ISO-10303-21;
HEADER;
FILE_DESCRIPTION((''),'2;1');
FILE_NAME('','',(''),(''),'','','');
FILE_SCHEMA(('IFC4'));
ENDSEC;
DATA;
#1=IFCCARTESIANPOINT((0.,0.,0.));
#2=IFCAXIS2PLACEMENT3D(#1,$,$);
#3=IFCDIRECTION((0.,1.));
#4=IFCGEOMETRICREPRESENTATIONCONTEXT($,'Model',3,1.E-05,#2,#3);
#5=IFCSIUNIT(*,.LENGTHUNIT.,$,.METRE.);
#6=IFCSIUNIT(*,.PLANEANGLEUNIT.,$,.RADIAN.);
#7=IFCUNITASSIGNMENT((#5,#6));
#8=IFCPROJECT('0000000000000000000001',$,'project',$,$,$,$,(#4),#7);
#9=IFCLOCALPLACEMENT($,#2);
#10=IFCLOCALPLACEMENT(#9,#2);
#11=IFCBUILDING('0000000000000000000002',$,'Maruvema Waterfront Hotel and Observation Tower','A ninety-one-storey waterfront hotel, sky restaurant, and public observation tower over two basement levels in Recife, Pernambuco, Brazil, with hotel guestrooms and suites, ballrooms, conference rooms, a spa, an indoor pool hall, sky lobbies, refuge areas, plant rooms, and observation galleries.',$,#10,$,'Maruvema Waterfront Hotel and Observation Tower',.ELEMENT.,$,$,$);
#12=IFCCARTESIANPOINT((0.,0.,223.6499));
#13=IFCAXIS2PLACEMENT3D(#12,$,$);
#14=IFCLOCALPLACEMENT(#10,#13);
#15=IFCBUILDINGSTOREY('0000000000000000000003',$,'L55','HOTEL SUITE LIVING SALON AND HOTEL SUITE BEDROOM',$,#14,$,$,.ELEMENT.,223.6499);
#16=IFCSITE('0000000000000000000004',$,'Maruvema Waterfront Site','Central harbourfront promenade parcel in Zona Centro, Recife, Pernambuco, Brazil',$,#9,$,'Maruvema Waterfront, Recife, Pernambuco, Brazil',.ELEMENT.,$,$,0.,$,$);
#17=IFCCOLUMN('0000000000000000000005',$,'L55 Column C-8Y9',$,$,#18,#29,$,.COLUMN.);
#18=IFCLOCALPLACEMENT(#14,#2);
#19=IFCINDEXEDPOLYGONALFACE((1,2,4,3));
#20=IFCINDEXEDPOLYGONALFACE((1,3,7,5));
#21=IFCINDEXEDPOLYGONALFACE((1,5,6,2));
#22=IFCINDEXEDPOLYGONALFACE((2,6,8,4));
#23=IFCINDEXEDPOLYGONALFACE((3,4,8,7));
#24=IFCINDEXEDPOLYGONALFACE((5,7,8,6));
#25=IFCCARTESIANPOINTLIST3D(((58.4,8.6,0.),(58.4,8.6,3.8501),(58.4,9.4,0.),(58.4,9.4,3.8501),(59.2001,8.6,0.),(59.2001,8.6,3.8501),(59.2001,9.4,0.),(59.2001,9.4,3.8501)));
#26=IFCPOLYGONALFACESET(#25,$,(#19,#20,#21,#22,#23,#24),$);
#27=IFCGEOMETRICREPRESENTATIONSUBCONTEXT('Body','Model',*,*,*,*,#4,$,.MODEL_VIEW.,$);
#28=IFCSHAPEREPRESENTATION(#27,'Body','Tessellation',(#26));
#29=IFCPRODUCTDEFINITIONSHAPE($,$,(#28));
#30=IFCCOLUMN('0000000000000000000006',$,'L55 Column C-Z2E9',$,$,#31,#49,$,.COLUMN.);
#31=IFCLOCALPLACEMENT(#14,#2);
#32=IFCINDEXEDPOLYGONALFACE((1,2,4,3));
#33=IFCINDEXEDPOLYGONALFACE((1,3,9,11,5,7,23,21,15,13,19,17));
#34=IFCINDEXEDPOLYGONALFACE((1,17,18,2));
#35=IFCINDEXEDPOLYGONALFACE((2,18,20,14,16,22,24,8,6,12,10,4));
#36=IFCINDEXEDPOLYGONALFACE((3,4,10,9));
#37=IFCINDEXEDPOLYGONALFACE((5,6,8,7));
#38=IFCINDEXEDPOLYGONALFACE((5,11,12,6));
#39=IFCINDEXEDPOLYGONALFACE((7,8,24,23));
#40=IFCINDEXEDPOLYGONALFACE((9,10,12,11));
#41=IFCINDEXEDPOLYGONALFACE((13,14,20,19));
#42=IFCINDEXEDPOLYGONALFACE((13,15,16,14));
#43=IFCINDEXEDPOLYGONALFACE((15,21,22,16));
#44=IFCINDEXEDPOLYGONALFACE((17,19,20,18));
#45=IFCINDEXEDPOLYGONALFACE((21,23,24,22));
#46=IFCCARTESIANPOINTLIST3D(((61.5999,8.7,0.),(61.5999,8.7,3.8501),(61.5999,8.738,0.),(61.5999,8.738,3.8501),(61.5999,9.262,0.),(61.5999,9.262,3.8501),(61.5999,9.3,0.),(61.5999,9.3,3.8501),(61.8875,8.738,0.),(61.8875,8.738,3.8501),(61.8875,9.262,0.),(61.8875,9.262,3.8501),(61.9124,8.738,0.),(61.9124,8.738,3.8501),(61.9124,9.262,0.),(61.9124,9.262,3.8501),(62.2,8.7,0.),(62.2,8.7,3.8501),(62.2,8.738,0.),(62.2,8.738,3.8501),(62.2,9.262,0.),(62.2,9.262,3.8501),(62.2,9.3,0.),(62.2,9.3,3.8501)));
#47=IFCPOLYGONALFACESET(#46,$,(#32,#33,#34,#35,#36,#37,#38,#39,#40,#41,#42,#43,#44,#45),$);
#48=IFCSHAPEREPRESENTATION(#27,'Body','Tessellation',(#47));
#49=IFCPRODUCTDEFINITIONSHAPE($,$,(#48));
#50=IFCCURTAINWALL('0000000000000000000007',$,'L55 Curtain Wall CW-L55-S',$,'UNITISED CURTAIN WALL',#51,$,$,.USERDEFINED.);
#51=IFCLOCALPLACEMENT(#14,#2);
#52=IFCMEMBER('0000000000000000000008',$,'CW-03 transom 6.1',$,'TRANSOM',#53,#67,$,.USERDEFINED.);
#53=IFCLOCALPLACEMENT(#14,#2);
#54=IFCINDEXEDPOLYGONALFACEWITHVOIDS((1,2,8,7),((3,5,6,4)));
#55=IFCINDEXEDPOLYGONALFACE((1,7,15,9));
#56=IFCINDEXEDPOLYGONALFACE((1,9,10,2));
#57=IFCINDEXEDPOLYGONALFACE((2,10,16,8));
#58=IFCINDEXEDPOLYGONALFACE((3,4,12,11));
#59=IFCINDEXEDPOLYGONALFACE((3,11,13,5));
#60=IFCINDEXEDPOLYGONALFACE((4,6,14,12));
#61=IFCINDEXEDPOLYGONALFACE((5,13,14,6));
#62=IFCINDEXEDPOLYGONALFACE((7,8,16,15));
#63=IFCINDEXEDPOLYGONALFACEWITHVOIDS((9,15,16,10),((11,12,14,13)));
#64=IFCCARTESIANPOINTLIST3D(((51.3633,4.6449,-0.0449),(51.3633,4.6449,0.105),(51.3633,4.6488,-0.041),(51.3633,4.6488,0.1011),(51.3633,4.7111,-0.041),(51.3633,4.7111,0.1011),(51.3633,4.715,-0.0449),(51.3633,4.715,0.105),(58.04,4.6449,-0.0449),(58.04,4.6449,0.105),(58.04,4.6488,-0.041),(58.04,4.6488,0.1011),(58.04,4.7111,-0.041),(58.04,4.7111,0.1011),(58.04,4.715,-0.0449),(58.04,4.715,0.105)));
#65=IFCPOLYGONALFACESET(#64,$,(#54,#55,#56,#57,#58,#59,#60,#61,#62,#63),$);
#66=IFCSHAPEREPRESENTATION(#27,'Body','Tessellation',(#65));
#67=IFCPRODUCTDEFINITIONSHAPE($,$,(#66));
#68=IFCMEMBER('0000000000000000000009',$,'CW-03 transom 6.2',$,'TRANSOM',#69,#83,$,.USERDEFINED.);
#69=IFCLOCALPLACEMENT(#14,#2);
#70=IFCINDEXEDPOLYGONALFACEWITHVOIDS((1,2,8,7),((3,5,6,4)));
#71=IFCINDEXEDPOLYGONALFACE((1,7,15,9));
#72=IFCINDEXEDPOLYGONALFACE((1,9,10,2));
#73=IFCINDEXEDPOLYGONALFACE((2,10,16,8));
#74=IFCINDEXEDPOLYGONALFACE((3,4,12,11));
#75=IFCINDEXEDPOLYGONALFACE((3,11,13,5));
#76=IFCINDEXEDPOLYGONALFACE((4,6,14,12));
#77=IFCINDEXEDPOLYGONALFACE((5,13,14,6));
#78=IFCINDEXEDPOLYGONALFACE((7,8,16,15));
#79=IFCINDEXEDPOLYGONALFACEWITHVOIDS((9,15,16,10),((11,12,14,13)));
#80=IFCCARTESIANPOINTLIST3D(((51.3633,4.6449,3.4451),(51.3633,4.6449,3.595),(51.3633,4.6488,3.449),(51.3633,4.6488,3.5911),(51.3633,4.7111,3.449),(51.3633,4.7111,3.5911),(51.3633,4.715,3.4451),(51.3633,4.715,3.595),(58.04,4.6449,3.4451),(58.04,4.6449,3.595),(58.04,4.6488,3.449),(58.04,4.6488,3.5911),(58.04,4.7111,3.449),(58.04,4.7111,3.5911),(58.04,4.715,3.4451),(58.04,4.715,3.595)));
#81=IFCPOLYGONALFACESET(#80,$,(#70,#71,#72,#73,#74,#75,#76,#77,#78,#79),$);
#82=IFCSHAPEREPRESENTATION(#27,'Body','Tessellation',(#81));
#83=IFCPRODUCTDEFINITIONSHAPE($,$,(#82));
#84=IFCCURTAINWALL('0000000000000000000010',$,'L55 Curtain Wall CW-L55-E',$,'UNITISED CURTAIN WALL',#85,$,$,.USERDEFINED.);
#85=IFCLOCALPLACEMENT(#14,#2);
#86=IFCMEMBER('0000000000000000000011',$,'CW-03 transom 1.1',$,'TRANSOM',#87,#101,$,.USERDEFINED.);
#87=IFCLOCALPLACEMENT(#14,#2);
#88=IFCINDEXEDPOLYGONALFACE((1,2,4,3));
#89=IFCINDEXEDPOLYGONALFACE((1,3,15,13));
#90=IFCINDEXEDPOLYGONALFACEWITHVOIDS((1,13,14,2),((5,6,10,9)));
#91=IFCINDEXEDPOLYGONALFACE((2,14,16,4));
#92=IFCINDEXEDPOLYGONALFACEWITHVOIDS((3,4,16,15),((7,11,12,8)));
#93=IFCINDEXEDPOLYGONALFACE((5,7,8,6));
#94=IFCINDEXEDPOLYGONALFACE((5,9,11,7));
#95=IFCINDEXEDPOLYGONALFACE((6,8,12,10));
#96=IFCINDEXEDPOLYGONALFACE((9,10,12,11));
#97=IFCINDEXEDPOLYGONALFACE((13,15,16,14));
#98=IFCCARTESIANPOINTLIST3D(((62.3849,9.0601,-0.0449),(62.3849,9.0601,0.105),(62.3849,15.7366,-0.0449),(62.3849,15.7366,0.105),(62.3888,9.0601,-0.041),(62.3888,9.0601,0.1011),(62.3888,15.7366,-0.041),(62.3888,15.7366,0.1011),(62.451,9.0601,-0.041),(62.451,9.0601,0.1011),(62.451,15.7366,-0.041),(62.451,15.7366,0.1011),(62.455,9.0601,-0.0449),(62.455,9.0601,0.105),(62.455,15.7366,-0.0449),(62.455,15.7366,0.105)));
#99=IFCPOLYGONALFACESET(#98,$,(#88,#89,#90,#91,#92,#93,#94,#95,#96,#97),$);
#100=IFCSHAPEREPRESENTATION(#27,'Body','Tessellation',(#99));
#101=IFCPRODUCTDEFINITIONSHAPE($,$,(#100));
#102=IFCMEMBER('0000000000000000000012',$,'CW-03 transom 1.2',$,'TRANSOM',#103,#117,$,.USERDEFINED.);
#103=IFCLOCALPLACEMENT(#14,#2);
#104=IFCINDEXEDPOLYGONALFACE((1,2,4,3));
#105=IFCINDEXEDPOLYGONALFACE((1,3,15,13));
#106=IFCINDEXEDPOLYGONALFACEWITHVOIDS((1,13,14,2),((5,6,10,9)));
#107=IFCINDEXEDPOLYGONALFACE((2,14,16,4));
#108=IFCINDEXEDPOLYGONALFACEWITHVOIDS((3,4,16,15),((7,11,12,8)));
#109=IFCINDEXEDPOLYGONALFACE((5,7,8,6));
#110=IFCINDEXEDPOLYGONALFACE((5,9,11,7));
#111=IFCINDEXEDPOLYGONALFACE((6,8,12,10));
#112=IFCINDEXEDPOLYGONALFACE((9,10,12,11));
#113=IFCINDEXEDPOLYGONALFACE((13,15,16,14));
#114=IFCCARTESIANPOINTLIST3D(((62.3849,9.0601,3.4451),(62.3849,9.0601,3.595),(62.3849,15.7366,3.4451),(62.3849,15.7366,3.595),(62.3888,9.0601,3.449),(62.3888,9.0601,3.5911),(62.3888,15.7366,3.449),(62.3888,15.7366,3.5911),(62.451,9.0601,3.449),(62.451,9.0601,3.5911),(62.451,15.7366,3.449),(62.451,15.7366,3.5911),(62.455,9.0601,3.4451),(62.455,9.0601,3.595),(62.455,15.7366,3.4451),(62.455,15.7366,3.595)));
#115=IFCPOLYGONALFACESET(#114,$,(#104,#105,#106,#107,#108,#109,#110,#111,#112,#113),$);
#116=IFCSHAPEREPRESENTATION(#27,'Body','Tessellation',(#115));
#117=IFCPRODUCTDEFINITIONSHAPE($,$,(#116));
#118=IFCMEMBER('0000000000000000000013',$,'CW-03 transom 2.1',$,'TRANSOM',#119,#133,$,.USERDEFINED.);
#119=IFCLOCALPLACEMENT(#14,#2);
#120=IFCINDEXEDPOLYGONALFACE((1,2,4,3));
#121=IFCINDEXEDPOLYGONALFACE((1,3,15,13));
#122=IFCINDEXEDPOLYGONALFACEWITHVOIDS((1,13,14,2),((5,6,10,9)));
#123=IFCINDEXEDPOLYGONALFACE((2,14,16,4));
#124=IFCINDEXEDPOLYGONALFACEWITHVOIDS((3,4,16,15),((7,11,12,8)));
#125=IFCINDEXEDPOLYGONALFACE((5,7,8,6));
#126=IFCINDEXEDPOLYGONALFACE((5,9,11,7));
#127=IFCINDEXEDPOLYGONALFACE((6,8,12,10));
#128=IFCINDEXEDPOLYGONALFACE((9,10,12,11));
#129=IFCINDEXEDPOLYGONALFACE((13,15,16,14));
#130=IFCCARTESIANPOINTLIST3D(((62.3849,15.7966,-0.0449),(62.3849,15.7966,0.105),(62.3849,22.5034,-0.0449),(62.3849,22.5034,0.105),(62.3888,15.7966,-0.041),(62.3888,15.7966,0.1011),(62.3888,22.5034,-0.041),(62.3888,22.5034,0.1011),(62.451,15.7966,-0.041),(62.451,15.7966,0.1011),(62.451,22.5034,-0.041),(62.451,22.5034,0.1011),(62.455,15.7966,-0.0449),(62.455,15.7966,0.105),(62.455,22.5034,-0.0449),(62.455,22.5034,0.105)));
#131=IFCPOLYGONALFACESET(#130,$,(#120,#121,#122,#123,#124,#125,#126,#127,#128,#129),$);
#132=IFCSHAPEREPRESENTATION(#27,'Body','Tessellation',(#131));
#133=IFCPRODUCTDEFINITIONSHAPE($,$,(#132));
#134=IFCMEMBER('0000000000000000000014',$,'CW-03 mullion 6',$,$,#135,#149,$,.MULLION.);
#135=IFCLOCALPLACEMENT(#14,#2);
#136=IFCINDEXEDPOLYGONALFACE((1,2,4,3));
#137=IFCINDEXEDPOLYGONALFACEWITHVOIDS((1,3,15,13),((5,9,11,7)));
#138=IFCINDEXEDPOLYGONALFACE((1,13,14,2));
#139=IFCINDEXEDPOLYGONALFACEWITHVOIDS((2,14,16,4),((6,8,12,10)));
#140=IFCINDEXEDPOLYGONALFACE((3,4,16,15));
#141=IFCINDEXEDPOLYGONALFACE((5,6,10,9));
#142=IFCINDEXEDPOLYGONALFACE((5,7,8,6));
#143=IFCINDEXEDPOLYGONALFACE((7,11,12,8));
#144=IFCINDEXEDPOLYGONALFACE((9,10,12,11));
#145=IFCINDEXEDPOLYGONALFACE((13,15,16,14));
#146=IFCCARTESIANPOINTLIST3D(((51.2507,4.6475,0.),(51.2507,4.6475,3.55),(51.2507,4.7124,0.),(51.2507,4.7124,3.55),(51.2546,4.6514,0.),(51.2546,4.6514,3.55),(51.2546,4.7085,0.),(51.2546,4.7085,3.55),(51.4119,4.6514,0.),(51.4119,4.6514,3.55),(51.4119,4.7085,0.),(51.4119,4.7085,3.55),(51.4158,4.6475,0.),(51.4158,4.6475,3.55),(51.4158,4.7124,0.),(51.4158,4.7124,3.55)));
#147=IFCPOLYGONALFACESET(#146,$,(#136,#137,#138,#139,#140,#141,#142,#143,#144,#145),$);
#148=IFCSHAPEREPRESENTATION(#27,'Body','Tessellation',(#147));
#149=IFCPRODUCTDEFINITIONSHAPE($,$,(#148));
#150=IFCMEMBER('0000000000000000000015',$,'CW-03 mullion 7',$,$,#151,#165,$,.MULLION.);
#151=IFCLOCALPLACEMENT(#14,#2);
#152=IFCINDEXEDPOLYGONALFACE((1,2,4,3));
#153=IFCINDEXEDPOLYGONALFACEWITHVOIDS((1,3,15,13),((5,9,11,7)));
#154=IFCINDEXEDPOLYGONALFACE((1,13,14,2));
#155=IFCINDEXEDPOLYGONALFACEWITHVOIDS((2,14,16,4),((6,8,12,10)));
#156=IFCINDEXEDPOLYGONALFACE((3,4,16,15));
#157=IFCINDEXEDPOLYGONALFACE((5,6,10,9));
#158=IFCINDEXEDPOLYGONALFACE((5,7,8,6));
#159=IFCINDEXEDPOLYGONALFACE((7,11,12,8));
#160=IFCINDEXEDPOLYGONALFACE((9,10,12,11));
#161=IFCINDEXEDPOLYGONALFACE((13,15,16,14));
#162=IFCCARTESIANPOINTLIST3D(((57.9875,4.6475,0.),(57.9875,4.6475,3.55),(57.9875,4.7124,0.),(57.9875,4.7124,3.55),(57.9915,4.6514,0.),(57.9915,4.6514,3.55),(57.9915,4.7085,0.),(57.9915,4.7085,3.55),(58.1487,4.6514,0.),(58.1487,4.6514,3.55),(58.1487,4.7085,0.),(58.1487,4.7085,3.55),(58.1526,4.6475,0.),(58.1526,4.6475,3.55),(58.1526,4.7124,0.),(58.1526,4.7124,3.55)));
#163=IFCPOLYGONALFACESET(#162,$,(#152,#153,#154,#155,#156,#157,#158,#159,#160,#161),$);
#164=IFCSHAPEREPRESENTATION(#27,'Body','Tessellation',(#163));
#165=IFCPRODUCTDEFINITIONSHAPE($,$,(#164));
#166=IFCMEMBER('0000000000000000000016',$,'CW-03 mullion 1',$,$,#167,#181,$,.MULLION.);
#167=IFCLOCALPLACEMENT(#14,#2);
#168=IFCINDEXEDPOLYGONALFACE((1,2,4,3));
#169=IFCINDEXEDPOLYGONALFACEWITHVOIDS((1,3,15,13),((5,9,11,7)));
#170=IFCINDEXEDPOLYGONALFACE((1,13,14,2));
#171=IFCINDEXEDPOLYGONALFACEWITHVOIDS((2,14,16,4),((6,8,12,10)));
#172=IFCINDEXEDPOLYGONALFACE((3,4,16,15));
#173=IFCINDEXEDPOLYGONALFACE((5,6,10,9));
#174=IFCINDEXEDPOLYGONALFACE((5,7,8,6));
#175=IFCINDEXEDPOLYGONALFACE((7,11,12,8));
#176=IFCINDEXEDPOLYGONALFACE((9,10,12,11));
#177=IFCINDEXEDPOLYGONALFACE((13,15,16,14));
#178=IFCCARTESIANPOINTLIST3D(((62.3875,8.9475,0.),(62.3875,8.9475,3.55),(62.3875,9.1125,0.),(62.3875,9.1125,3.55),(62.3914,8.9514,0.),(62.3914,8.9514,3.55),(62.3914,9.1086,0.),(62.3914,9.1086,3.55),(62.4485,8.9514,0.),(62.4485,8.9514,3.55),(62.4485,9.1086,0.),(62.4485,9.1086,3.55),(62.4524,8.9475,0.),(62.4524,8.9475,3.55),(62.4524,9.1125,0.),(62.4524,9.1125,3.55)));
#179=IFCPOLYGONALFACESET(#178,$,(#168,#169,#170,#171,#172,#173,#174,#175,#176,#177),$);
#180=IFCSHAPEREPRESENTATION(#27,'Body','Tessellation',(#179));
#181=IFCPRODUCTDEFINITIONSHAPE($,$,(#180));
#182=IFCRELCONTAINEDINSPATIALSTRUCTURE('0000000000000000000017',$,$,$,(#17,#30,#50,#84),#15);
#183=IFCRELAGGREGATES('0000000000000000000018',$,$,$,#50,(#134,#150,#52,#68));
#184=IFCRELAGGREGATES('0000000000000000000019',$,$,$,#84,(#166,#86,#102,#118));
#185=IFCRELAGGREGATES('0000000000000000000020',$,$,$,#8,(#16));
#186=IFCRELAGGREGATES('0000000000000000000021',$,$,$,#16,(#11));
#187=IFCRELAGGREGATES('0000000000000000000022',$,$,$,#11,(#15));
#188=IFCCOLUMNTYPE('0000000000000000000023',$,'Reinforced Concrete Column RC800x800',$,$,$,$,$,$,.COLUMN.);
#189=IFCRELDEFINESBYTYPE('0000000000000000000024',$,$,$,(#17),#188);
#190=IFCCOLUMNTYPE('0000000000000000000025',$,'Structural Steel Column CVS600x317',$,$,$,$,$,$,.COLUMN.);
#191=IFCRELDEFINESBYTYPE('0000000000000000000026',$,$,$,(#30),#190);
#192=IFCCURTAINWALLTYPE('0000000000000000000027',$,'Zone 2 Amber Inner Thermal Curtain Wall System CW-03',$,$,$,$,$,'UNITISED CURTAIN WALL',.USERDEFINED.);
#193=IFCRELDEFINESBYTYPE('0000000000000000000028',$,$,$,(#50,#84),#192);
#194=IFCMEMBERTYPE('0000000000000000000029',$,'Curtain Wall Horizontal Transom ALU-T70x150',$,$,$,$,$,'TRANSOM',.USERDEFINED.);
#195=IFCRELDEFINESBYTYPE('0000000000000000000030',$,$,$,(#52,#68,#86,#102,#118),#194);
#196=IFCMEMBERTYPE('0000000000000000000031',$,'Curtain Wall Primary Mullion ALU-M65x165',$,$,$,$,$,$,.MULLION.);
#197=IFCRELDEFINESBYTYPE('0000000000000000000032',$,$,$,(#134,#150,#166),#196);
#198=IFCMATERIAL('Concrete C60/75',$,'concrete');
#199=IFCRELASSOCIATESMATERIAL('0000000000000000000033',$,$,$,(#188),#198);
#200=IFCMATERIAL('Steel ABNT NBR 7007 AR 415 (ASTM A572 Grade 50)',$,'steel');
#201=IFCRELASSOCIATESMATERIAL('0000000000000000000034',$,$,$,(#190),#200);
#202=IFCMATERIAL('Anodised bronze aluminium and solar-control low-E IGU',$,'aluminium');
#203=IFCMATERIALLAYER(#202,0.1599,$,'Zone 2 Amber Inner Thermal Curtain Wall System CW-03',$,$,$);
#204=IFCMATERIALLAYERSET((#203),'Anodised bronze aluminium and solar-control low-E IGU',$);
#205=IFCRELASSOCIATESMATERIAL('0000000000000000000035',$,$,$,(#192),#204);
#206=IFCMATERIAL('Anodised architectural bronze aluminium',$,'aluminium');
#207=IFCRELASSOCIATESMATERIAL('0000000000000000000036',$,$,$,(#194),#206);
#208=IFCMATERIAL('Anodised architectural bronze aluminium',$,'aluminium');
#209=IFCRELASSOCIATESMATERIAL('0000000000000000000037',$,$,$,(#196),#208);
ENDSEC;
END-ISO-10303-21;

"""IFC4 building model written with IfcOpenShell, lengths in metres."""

from ifc_helpers import new_model, si_unit, direction, frame, origin, origin_2d, place, context, subcontext, project, spatial, rectangle, hollow_rectangle, i_section, extrude, material, layer, layer_set, material_profile, profile_set, type_object, element, aggregate, save


model = new_model("IFC4")

# Units and contexts
model_context = context("Model", 3, precision=1e-05, world=origin(), true_north=direction((0.0, 1.0)))
body_context = subcontext(model_context, "Body", "Model", "MODEL_VIEW")
ifc_project = project(units=[si_unit("LENGTHUNIT", "METRE"), si_unit("PLANEANGLEUNIT", "RADIAN")], contexts=[model_context])

# Site, building, storey
site_placement = place(None, origin())
site = spatial("IfcSite", under=ifc_project, at=site_placement, Name="Maruvema Waterfront Site", Description="Central harbourfront promenade parcel in Zona Centro, Recife, Pernambuco, Brazil", LongName="Maruvema Waterfront, Recife, Pernambuco, Brazil", CompositionType="ELEMENT", RefElevation=0.0)
building_placement = place(site_placement, origin())
building = spatial("IfcBuilding", under=site, at=building_placement, Name="Maruvema Waterfront Hotel and Observation Tower", Description="A ninety-one-storey waterfront hotel, sky restaurant, and public observation tower over two basement levels in Recife, Pernambuco, Brazil, with hotel guestrooms and suites, ballrooms, conference rooms, a spa, an indoor pool hall, sky lobbies, refuge areas, plant rooms, and observation galleries.", LongName="Maruvema Waterfront Hotel and Observation Tower", CompositionType="ELEMENT")
storey_placement = place(building_placement, frame((0.0, 0.0, 223.6499)))
storey = spatial("IfcBuildingStorey", under=building, at=storey_placement, Name="L55", Description="HOTEL SUITE LIVING SALON AND HOTEL SUITE BEDROOM", CompositionType="ELEMENT", Elevation=223.6499)

# Columns
ifc_material_1 = material(Name="Concrete C60/75", Category="concrete")
ifc_material_profile_1 = material_profile(ifc_material_1, rectangle(XDim=0.8, YDim=0.8, at=origin_2d()), Name="RC800x800")
ifc_profile_set_1 = profile_set([ifc_material_profile_1], Name="Concrete C60/75")
column_type_1 = type_object("IfcColumnType", Name="Reinforced Concrete Column RC800x800", PredefinedType="COLUMN", material=ifc_profile_set_1)
column_1_placement = place(storey_placement, frame((58.8, 9.0, 0.0), z_axis=(0.0, 0.0, 1.0), x_axis=(1.0, 0.0, 0.0)))
element("IfcColumn", 1, at=column_1_placement, inside=storey, type_object=column_type_1, Name="L55 Column C-8Y9", PredefinedType="COLUMN", context=body_context, shape_type="SweptSolid", body=[
    extrude(rectangle(XDim=0.8, YDim=0.8, at=origin_2d()), origin(), (0.0, 0.0, 1.0), 3.8501),
])
ifc_material_2 = material(Name="Steel ABNT NBR 7007 AR 415 (ASTM A572 Grade 50)", Category="steel")
ifc_material_profile_2 = material_profile(ifc_material_2, i_section(OverallWidth=0.6001, OverallDepth=0.6001, WebThickness=0.0249, FlangeThickness=0.0381, at=origin_2d()), Name="CVS600x317")
ifc_profile_set_2 = profile_set([ifc_material_profile_2], Name="Steel ABNT NBR 7007 AR 415 (ASTM A572 Grade 50)")
column_type_2 = type_object("IfcColumnType", Name="Structural Steel Column CVS600x317", PredefinedType="COLUMN", material=ifc_profile_set_2)
column_2_placement = place(storey_placement, frame((61.8999, 9.0, 0.0), z_axis=(0.0, 0.0, 1.0), x_axis=(1.0, 0.0, 0.0)))
element("IfcColumn", 2, at=column_2_placement, inside=storey, type_object=column_type_2, Name="L55 Column C-Z2E9", PredefinedType="COLUMN", context=body_context, shape_type="SweptSolid", body=[
    extrude(i_section(OverallWidth=0.6001, OverallDepth=0.6001, WebThickness=0.0249, FlangeThickness=0.0381, at=origin_2d()), origin(), (0.0, 0.0, 1.0), 3.8501),
])

# Curtain walls, members
ifc_material_3 = material(Name="Anodised bronze aluminium and solar-control low-E IGU", Category="aluminium")
ifc_layer_1 = layer(ifc_material_3, 0.1599, Name="Zone 2 Amber Inner Thermal Curtain Wall System CW-03")
ifc_layer_set_1 = layer_set([ifc_layer_1], Name="Anodised bronze aluminium and solar-control low-E IGU")
curtain_wall_type = type_object("IfcCurtainWallType", Name="Zone 2 Amber Inner Thermal Curtain Wall System CW-03", ElementType="UNITISED CURTAIN WALL", PredefinedType="USERDEFINED", material=ifc_layer_set_1)
curtain_wall_1_placement = place(storey_placement, origin())
curtain_wall_1 = element("IfcCurtainWall", 3, at=curtain_wall_1_placement, inside=storey, type_object=curtain_wall_type, Name="L55 Curtain Wall CW-L55-S", ObjectType="UNITISED CURTAIN WALL", PredefinedType="USERDEFINED")
ifc_material_4 = material(Name="Anodised architectural bronze aluminium", Category="aluminium")
ifc_material_profile_3 = material_profile(ifc_material_4, hollow_rectangle(XDim=0.0701, YDim=0.1499, WallThickness=0.0039, at=origin_2d()), Name="ALU-T70x150")
ifc_profile_set_3 = profile_set([ifc_material_profile_3], Name="Anodised architectural bronze aluminium")
member_type_1 = type_object("IfcMemberType", Name="Curtain Wall Horizontal Transom ALU-T70x150", ElementType="TRANSOM", PredefinedType="USERDEFINED", material=ifc_profile_set_3)
member_1_placement = place(storey_placement, frame((51.3633, 4.6799, 0.03), z_axis=(1.0, 0.0, 0.0), x_axis=(0.0, 1.0, 0.0)))
member_1 = element("IfcMember", 4, at=member_1_placement, type_object=member_type_1, Name="CW-03 transom 6.1", ObjectType="TRANSOM", PredefinedType="USERDEFINED", context=body_context, shape_type="SweptSolid", body=[
    extrude(hollow_rectangle(XDim=0.0701, YDim=0.1499, WallThickness=0.0039, at=origin_2d()), origin(), (0.0, 0.0, 1.0), 6.6768),
])
member_2_placement = place(storey_placement, frame((51.3633, 4.6799, 3.52), z_axis=(1.0, 0.0, 0.0), x_axis=(0.0, 1.0, 0.0)))
member_2 = element("IfcMember", 5, at=member_2_placement, type_object=member_type_1, Name="CW-03 transom 6.2", ObjectType="TRANSOM", PredefinedType="USERDEFINED", context=body_context, shape_type="SweptSolid", body=[
    extrude(hollow_rectangle(XDim=0.0701, YDim=0.1499, WallThickness=0.0039, at=origin_2d()), origin(), (0.0, 0.0, 1.0), 6.6768),
])
curtain_wall_2_placement = place(storey_placement, origin())
curtain_wall_2 = element("IfcCurtainWall", 6, at=curtain_wall_2_placement, inside=storey, type_object=curtain_wall_type, Name="L55 Curtain Wall CW-L55-E", ObjectType="UNITISED CURTAIN WALL", PredefinedType="USERDEFINED")
member_3_placement = place(storey_placement, frame((62.4199, 9.0601, 0.03), z_axis=(0.0, 1.0, 0.0), x_axis=(-1.0, 0.0, 0.0)))
member_3 = element("IfcMember", 7, at=member_3_placement, type_object=member_type_1, Name="CW-03 transom 1.1", ObjectType="TRANSOM", PredefinedType="USERDEFINED", context=body_context, shape_type="SweptSolid", body=[
    extrude(hollow_rectangle(XDim=0.0701, YDim=0.1499, WallThickness=0.0039, at=origin_2d()), origin(), (0.0, 0.0, 1.0), 6.6765),
])
member_4_placement = place(storey_placement, frame((62.4199, 9.0601, 3.52), z_axis=(0.0, 1.0, 0.0), x_axis=(-1.0, 0.0, 0.0)))
member_4 = element("IfcMember", 8, at=member_4_placement, type_object=member_type_1, Name="CW-03 transom 1.2", ObjectType="TRANSOM", PredefinedType="USERDEFINED", context=body_context, shape_type="SweptSolid", body=[
    extrude(hollow_rectangle(XDim=0.0701, YDim=0.1499, WallThickness=0.0039, at=origin_2d()), origin(), (0.0, 0.0, 1.0), 6.6765),
])
member_5_placement = place(storey_placement, frame((62.4199, 15.7966, 0.03), z_axis=(0.0, 1.0, 0.0), x_axis=(-1.0, 0.0, 0.0)))
member_5 = element("IfcMember", 9, at=member_5_placement, type_object=member_type_1, Name="CW-03 transom 2.1", ObjectType="TRANSOM", PredefinedType="USERDEFINED", context=body_context, shape_type="SweptSolid", body=[
    extrude(hollow_rectangle(XDim=0.0701, YDim=0.1499, WallThickness=0.0039, at=origin_2d()), origin(), (0.0, 0.0, 1.0), 6.7068),
])

# Members
ifc_material_5 = material(Name="Anodised architectural bronze aluminium", Category="aluminium")
ifc_material_profile_4 = material_profile(ifc_material_5, hollow_rectangle(XDim=0.0649, YDim=0.165, WallThickness=0.0039, at=origin_2d()), Name="ALU-M65x165")
ifc_profile_set_4 = profile_set([ifc_material_profile_4], Name="Anodised architectural bronze aluminium")
member_type_2 = type_object("IfcMemberType", Name="Curtain Wall Primary Mullion ALU-M65x165", PredefinedType="MULLION", material=ifc_profile_set_4)
member_6_placement = place(storey_placement, frame((51.3333, 4.6799, 0.0), z_axis=(0.0, 0.0, 1.0), x_axis=(0.0, 1.0, 0.0)))
member_6 = element("IfcMember", 10, at=member_6_placement, type_object=member_type_2, Name="CW-03 mullion 6", PredefinedType="MULLION", context=body_context, shape_type="SweptSolid", body=[
    extrude(hollow_rectangle(XDim=0.0649, YDim=0.165, WallThickness=0.0039, at=origin_2d()), origin(), (0.0, 0.0, 1.0), 3.55),
])
member_7_placement = place(storey_placement, frame((58.0701, 4.6799, 0.0), z_axis=(0.0, 0.0, 1.0), x_axis=(0.0, 1.0, 0.0)))
member_7 = element("IfcMember", 11, at=member_7_placement, type_object=member_type_2, Name="CW-03 mullion 7", PredefinedType="MULLION", context=body_context, shape_type="SweptSolid", body=[
    extrude(hollow_rectangle(XDim=0.0649, YDim=0.165, WallThickness=0.0039, at=origin_2d()), origin(), (0.0, 0.0, 1.0), 3.55),
])
member_8_placement = place(storey_placement, frame((62.4199, 9.03, 0.0), z_axis=(0.0, 0.0, 1.0), x_axis=(-1.0, 0.0, 0.0)))
member_8 = element("IfcMember", 12, at=member_8_placement, type_object=member_type_2, Name="CW-03 mullion 1", PredefinedType="MULLION", context=body_context, shape_type="SweptSolid", body=[
    extrude(hollow_rectangle(XDim=0.0649, YDim=0.165, WallThickness=0.0039, at=origin_2d()), origin(), (0.0, 0.0, 1.0), 3.55),
])

aggregate(curtain_wall_1, [member_6, member_7, member_1, member_2])
aggregate(curtain_wall_2, [member_8, member_3, member_4, member_5])

save(model, "model.ifc")
